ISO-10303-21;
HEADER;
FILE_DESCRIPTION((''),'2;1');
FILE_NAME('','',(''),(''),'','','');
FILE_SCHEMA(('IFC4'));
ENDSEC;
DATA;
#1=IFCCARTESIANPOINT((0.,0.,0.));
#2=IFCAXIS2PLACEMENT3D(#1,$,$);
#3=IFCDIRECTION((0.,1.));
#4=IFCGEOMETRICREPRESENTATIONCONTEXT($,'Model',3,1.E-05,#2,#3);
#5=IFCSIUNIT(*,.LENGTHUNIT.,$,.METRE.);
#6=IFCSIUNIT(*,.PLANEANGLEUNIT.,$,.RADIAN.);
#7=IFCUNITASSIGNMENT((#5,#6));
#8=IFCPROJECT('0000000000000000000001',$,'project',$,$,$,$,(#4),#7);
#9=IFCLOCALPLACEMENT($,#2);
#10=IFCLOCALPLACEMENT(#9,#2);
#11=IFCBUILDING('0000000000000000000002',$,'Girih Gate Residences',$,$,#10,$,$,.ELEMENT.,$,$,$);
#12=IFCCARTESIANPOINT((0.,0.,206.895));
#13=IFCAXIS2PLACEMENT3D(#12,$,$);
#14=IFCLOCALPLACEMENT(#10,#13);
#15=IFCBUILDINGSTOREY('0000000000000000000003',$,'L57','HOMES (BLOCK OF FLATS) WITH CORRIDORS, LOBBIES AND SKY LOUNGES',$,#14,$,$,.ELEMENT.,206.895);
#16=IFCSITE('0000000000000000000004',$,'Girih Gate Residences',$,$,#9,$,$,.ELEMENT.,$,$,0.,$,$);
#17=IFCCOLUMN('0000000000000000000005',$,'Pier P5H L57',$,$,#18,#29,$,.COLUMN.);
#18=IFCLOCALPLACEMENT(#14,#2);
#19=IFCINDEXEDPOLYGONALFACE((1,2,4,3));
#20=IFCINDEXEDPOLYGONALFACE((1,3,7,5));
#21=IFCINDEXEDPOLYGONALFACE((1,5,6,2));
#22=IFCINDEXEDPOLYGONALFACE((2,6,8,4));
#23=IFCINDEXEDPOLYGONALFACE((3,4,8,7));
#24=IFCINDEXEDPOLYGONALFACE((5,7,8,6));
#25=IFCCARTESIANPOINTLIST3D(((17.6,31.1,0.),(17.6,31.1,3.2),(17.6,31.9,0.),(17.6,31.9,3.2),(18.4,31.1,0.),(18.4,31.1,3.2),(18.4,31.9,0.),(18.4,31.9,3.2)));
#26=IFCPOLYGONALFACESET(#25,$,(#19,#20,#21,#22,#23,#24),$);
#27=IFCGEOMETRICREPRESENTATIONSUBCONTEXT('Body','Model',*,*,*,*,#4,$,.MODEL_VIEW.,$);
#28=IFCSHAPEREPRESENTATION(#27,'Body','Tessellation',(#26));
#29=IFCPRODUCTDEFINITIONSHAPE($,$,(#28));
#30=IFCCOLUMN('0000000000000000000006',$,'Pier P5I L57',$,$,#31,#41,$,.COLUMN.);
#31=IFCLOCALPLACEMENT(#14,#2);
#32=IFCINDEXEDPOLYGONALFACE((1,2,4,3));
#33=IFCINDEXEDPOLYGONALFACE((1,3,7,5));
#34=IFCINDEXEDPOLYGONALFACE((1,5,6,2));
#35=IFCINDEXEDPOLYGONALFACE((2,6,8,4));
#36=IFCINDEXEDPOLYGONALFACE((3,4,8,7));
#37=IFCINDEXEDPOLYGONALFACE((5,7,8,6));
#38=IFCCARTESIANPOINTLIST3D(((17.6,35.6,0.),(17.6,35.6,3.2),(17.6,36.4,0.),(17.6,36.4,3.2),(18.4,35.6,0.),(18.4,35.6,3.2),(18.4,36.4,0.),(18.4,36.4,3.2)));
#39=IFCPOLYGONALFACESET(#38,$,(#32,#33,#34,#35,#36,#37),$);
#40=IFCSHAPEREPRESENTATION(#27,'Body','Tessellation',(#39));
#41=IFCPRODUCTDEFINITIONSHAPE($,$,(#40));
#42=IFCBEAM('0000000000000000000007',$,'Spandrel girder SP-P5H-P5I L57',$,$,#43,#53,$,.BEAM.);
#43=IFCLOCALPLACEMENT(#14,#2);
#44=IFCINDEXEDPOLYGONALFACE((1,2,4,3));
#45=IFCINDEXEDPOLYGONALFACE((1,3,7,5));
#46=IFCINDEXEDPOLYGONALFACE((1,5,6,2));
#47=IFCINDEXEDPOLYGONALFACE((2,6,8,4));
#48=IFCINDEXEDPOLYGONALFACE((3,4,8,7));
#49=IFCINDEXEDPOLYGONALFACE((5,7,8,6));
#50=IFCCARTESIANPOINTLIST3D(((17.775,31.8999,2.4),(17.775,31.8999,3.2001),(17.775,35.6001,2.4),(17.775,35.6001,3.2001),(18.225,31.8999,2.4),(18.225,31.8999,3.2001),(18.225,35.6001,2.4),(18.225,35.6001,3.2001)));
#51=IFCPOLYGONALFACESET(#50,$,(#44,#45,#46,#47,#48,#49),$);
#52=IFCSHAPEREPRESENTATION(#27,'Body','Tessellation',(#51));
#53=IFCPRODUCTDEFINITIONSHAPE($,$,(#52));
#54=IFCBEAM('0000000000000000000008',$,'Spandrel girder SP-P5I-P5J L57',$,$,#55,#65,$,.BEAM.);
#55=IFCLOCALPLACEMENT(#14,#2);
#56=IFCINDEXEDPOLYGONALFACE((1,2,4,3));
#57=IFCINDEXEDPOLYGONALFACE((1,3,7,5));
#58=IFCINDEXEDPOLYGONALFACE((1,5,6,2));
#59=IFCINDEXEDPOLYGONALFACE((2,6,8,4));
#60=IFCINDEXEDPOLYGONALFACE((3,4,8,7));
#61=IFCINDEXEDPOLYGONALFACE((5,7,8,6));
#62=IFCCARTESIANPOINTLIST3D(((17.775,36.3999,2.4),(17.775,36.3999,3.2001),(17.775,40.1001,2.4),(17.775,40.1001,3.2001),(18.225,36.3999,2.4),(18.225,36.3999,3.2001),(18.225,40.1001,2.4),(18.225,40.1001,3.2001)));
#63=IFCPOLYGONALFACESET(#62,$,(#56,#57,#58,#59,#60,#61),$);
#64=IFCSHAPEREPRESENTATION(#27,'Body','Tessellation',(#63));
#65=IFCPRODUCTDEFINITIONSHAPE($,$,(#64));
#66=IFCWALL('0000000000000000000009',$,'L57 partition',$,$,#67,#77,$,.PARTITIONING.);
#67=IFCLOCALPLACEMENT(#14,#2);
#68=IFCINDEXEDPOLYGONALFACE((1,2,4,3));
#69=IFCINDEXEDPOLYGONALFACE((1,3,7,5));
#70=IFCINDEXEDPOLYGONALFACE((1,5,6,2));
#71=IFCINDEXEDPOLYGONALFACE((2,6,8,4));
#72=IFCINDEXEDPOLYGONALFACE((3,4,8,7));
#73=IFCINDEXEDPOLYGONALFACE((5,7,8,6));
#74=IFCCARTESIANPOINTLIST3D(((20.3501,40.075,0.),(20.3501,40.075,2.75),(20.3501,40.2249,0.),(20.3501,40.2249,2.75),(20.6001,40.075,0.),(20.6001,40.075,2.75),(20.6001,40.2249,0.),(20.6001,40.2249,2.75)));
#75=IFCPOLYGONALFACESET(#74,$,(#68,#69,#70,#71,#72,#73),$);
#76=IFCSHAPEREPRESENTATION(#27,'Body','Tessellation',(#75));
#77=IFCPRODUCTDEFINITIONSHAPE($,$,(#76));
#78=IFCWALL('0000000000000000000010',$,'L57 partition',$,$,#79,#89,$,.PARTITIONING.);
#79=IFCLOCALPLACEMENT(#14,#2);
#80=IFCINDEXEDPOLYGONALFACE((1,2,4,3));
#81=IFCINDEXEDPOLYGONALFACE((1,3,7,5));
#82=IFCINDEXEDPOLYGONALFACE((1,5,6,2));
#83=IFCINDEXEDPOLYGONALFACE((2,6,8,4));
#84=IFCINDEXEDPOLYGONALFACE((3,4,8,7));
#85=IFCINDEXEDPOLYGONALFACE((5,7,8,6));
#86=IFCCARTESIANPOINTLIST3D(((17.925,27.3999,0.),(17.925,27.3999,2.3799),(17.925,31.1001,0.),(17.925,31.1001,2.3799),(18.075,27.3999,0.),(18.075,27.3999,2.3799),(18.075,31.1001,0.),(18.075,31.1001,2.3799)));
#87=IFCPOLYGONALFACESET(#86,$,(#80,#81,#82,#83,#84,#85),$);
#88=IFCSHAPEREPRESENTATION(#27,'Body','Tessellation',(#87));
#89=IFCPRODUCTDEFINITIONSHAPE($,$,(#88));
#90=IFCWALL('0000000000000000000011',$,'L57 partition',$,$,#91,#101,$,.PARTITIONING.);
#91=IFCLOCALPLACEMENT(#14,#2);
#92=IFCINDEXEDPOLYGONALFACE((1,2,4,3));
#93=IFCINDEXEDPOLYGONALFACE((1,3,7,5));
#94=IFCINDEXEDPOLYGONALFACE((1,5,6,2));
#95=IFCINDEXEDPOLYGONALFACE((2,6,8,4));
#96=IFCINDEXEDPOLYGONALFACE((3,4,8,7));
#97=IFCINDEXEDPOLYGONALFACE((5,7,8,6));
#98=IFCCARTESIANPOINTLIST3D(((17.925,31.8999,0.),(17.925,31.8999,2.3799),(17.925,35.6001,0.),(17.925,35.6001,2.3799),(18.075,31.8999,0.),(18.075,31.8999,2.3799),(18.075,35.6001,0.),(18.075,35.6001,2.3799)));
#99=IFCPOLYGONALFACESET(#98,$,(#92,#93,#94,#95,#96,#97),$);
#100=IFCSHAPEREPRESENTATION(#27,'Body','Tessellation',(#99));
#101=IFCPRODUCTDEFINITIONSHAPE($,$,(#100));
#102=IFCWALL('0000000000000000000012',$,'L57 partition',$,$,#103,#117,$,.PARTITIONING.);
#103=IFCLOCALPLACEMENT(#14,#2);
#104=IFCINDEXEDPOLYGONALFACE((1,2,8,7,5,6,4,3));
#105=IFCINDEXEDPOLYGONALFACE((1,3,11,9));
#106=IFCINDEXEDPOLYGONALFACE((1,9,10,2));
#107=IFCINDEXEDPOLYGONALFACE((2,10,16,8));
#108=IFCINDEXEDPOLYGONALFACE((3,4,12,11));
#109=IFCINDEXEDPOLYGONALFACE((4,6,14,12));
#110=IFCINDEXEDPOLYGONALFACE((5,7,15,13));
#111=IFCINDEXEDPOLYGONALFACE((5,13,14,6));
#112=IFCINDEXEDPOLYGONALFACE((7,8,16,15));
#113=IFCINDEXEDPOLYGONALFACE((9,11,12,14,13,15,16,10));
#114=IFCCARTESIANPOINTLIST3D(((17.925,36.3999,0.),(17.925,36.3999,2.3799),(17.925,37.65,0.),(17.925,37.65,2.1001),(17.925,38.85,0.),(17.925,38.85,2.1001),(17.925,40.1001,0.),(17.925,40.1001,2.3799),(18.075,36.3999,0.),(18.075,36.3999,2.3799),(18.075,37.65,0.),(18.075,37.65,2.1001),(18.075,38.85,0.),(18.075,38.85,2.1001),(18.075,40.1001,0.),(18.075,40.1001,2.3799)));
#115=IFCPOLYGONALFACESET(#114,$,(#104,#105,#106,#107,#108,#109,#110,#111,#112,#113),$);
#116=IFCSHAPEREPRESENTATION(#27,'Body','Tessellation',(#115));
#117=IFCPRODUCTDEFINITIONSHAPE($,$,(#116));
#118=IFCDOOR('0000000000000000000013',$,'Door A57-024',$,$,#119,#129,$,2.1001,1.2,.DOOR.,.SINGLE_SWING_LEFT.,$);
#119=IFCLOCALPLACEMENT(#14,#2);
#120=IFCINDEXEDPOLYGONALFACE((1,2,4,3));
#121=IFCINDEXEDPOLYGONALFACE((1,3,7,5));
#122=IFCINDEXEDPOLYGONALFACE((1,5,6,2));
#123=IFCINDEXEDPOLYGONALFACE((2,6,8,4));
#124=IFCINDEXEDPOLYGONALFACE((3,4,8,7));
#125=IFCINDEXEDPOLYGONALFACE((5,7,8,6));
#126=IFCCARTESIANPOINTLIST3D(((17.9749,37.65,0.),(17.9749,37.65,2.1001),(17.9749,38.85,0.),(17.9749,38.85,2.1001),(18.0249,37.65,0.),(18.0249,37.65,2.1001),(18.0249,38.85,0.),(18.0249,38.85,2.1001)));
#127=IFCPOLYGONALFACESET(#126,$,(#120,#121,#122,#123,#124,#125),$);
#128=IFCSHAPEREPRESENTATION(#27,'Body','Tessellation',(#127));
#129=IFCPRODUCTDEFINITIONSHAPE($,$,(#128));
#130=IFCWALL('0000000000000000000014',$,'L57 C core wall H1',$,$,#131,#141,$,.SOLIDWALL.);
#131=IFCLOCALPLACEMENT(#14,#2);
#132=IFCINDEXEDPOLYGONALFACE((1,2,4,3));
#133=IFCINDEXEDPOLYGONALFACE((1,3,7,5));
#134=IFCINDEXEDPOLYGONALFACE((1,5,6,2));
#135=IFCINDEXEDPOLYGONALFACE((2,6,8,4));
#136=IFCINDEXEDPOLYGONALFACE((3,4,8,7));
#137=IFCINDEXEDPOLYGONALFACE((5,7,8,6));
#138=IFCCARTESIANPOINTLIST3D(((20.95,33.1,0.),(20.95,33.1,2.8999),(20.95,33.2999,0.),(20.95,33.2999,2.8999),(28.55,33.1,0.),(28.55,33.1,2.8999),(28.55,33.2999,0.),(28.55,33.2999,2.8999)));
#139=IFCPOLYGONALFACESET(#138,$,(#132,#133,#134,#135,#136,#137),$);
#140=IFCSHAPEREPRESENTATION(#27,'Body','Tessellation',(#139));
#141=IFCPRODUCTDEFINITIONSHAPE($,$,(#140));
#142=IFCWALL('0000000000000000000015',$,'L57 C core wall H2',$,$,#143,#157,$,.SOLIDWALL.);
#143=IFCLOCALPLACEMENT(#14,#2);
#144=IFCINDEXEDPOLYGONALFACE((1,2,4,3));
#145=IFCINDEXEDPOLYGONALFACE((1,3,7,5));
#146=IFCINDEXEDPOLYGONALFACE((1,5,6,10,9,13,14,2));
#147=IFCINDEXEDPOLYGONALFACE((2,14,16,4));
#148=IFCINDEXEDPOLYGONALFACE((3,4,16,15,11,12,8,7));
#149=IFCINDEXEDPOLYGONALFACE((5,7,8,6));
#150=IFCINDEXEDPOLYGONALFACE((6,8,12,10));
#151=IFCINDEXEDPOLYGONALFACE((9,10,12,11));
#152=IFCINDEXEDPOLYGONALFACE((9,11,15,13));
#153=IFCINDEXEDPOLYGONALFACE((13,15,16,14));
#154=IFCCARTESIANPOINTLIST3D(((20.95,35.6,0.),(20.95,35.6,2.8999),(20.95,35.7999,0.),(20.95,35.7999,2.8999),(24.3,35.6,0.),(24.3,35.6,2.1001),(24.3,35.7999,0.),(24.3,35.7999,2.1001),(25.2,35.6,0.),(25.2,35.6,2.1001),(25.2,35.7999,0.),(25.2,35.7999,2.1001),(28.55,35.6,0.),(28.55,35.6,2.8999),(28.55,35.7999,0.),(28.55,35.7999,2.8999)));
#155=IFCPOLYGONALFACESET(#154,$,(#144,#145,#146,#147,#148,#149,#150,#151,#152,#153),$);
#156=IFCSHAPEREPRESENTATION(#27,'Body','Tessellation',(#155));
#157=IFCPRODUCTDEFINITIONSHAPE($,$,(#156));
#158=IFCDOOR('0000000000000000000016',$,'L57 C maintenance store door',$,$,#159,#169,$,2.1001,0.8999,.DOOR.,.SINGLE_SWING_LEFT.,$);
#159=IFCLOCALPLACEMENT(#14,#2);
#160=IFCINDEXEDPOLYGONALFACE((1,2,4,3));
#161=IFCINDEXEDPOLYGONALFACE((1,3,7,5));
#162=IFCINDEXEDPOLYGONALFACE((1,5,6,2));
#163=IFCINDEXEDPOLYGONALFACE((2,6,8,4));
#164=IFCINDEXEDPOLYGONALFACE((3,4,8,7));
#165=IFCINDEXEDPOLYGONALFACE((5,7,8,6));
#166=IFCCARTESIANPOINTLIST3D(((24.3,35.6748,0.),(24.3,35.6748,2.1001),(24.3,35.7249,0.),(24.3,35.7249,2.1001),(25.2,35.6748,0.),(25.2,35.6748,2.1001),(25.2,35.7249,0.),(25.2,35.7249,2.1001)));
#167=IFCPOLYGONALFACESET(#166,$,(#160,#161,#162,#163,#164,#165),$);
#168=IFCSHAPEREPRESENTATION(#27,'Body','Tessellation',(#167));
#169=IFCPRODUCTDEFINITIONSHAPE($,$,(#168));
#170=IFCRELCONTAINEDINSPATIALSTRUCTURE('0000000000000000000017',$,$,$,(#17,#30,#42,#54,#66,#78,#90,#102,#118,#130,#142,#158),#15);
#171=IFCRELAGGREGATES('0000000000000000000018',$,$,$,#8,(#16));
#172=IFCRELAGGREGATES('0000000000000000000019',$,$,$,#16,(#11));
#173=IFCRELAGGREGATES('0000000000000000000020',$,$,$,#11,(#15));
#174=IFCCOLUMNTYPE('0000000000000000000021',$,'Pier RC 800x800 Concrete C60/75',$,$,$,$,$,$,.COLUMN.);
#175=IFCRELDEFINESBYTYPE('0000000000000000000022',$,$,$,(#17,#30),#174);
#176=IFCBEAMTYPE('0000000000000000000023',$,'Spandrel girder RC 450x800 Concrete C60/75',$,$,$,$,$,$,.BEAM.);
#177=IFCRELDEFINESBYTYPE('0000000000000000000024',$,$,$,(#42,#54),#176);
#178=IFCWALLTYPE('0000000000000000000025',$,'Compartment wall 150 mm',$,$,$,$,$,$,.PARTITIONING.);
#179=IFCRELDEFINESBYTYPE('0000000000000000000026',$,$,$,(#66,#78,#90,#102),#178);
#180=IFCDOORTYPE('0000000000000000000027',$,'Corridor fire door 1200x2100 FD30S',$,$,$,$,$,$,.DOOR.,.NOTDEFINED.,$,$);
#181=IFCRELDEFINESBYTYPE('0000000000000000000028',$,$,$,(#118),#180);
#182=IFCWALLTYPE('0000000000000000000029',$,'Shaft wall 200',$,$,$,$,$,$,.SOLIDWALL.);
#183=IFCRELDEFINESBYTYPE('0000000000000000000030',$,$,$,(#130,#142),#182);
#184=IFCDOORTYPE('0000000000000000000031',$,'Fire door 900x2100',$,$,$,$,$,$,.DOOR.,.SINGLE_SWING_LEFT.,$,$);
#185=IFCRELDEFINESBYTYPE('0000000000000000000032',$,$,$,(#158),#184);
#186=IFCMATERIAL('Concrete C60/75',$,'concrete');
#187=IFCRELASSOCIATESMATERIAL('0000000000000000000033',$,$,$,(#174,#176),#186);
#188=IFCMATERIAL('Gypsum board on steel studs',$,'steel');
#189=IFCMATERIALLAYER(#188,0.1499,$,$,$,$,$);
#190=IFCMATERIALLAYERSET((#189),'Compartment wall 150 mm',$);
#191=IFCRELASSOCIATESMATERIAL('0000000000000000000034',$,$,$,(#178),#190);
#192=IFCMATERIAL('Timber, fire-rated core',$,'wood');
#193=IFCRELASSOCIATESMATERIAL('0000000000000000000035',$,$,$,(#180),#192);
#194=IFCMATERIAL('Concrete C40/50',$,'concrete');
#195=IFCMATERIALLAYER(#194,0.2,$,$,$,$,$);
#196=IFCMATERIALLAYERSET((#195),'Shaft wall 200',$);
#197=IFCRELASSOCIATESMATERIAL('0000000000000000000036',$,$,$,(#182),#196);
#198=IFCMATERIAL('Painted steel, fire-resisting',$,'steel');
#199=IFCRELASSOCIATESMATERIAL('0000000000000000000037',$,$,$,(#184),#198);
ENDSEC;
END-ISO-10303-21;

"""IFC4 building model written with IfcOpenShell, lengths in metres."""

from ifc_helpers import new_model, si_unit, direction, frame, frame_2d, origin, origin_2d, place, context, subcontext, project, spatial, rectangle, extrude, material, layer, layer_set, material_profile, profile_set, type_object, element, fill, save


model = new_model("IFC4")

# Units and contexts
model_context = context("Model", 3, precision=1e-05, world=origin(), true_north=direction((0.0, 1.0)))
body_context = subcontext(model_context, "Body", "Model", "MODEL_VIEW")
ifc_project = project(units=[si_unit("LENGTHUNIT", "METRE"), si_unit("PLANEANGLEUNIT", "RADIAN")], contexts=[model_context])

# Site, building, storey
site_placement = place(None, origin())
site = spatial("IfcSite", under=ifc_project, at=site_placement, Name="Girih Gate Residences", CompositionType="ELEMENT", RefElevation=0.0)
building_placement = place(site_placement, origin())
building = spatial("IfcBuilding", under=site, at=building_placement, Name="Girih Gate Residences", CompositionType="ELEMENT")
storey_placement = place(building_placement, frame((0.0, 0.0, 206.895)))
storey = spatial("IfcBuildingStorey", under=building, at=storey_placement, Name="L57", Description="HOMES (BLOCK OF FLATS) WITH CORRIDORS, LOBBIES AND SKY LOUNGES", CompositionType="ELEMENT", Elevation=206.895)

# Columns
ifc_material_1 = material(Name="Concrete C60/75", Category="concrete")
ifc_material_profile_1 = material_profile(ifc_material_1, rectangle(XDim=0.8, YDim=0.8, at=origin_2d()))
ifc_profile_set_1 = profile_set([ifc_material_profile_1], Name="Concrete C60/75")
column_type = type_object("IfcColumnType", Name="Pier RC 800x800 Concrete C60/75", PredefinedType="COLUMN", material=ifc_profile_set_1)
for number, where, z_axis, x_axis, name in (
    (1, (18.0, 31.5, 0.0), (0.0, 0.0, 1.0), (1.0, 0.0, 0.0), "Pier P5H L57"),
    (2, (18.0, 36.0, 0.0), (0.0, 0.0, 1.0), (1.0, 0.0, 0.0), "Pier P5I L57"),
):
    element("IfcColumn", number, at=place(storey_placement, frame(where, z_axis=z_axis, x_axis=x_axis)), inside=storey, type_object=column_type, Name=name, PredefinedType="COLUMN", context=body_context, shape_type="SweptSolid", body=[
        extrude(rectangle(XDim=0.8, YDim=0.8, at=origin_2d()), origin(), (0.0, 0.0, 1.0), 3.2),
    ])

# Beams
ifc_material_profile_2 = material_profile(ifc_material_1, rectangle(XDim=0.45, YDim=0.8, at=origin_2d()))
ifc_profile_set_2 = profile_set([ifc_material_profile_2], Name="Concrete C60/75")
beam_type = type_object("IfcBeamType", Name="Spandrel girder RC 450x800 Concrete C60/75", PredefinedType="BEAM", material=ifc_profile_set_2)
for number, where, z_axis, x_axis, name in (
    (3, (18.0, 31.8999, 2.8), (0.0, 1.0, 0.0), (-1.0, 0.0, 0.0), "Spandrel girder SP-P5H-P5I L57"),
    (4, (18.0, 36.3999, 2.8), (0.0, 1.0, 0.0), (-1.0, 0.0, 0.0), "Spandrel girder SP-P5I-P5J L57"),
):
    element("IfcBeam", number, at=place(storey_placement, frame(where, z_axis=z_axis, x_axis=x_axis)), inside=storey, type_object=beam_type, Name=name, PredefinedType="BEAM", context=body_context, shape_type="SweptSolid", body=[
        extrude(rectangle(XDim=0.45, YDim=0.8, at=origin_2d()), origin(), (0.0, 0.0, 1.0), 3.7002),
    ])

# Shared definitions
ifc_material_2 = material(Name="Gypsum board on steel studs", Category="steel")
ifc_layer_1 = layer(ifc_material_2, 0.1499)
ifc_layer_set_1 = layer_set([ifc_layer_1], Name="Compartment wall 150 mm")
wall_type_1 = type_object("IfcWallType", Name="Compartment wall 150 mm", PredefinedType="PARTITIONING", material=ifc_layer_set_1)
ifc_material_3 = material(Name="Timber, fire-rated core", Category="wood")

# Walls
wall_1_placement = place(storey_placement, frame((20.3501, 40.1499, 0.0), z_axis=(0.0, 0.0, 1.0), x_axis=(1.0, 0.0, 0.0)))
element("IfcWall", 5, at=wall_1_placement, inside=storey, type_object=wall_type_1, Name="L57 partition", PredefinedType="PARTITIONING", context=body_context, shape_type="SweptSolid", body=[
    extrude(rectangle(XDim=0.25, YDim=0.1499, at=frame_2d((0.125, 0.0))), origin(), (0.0, 0.0, 1.0), 2.75),
])
for number, where, z_axis, x_axis, name in (
    (6, (18.0, 27.3999, 0.0), (0.0, 0.0, 1.0), (0.0, 1.0, 0.0), "L57 partition"),
    (7, (18.0, 31.8999, 0.0), (0.0, 0.0, 1.0), (0.0, 1.0, 0.0), "L57 partition"),
):
    element("IfcWall", number, at=place(storey_placement, frame(where, z_axis=z_axis, x_axis=x_axis)), inside=storey, type_object=wall_type_1, Name=name, PredefinedType="PARTITIONING", context=body_context, shape_type="SweptSolid", body=[
        extrude(rectangle(XDim=3.7002, YDim=0.1499, at=frame_2d((1.8501, 0.0))), origin(), (0.0, 0.0, 1.0), 2.3799),
    ])

# Wall, opening, door
wall_2_placement = place(storey_placement, frame((18.0, 40.1001, 0.0), z_axis=(0.0, 0.0, 1.0), x_axis=(0.0, -1.0, 0.0)))
wall_2 = element("IfcWall", 8, at=wall_2_placement, inside=storey, type_object=wall_type_1, Name="L57 partition", PredefinedType="PARTITIONING", context=body_context, shape_type="SweptSolid", body=[
    extrude(rectangle(XDim=3.7002, YDim=0.1499, at=frame_2d((1.8501, 0.0))), origin(), (0.0, 0.0, 1.0), 2.3799),
])
opening_1_placement = place(wall_2_placement, frame((1.25, 0.0, 0.0)))
opening_1 = element("IfcOpeningElement", 9, at=opening_1_placement, cuts=wall_2, PredefinedType="OPENING", context=body_context, shape_type="SweptSolid", body=[
    extrude(rectangle(XDim=1.2, YDim=2.1001, at=frame_2d((0.6001, 1.05))), frame((0.0, 0.085, 0.0), z_axis=(0.0, -1.0, 0.0), x_axis=(1.0, 0.0, 0.0)), (0.0, 0.0, 1.0), 0.1699),
])
door_type_1 = type_object("IfcDoorType", Name="Corridor fire door 1200x2100 FD30S", OperationType="NOTDEFINED", PredefinedType="DOOR", material=ifc_material_3)
door_1_placement = place(opening_1_placement, origin())
door_1 = element("IfcDoor", 10, at=door_1_placement, inside=storey, type_object=door_type_1, Name="Door A57-024", OperationType="SINGLE_SWING_LEFT", OverallHeight=2.1001, OverallWidth=1.2, PredefinedType="DOOR", context=body_context, shape_type="SweptSolid", body=[
    extrude(rectangle(XDim=1.2, YDim=2.1001, at=frame_2d((0.6001, 1.05))), frame((0.0, 0.0249, 0.0), z_axis=(0.0, -1.0, 0.0), x_axis=(1.0, 0.0, 0.0)), (0.0, 0.0, 1.0), 0.05),
])
fill(opening_1, door_1)

# Wall
ifc_material_4 = material(Name="Concrete C40/50", Category="concrete")
ifc_layer_2 = layer(ifc_material_4, 0.2)
ifc_layer_set_2 = layer_set([ifc_layer_2], Name="Shaft wall 200")
wall_type_2 = type_object("IfcWallType", Name="Shaft wall 200", PredefinedType="SOLIDWALL", material=ifc_layer_set_2)
wall_3_placement = place(storey_placement, frame((20.95, 33.2, 0.0), z_axis=(0.0, 0.0, 1.0), x_axis=(1.0, 0.0, 0.0)))
element("IfcWall", 11, at=wall_3_placement, inside=storey, type_object=wall_type_2, Name="L57 C core wall H1", PredefinedType="SOLIDWALL", context=body_context, shape_type="SweptSolid", body=[
    extrude(rectangle(XDim=7.6001, YDim=0.2, at=frame_2d((3.8, 0.0))), origin(), (0.0, 0.0, 1.0), 2.8999),
])

# Wall, opening, door
wall_4_placement = place(storey_placement, frame((20.95, 35.7, 0.0), z_axis=(0.0, 0.0, 1.0), x_axis=(1.0, 0.0, 0.0)))
wall_4 = element("IfcWall", 12, at=wall_4_placement, inside=storey, type_object=wall_type_2, Name="L57 C core wall H2", PredefinedType="SOLIDWALL", context=body_context, shape_type="SweptSolid", body=[
    extrude(rectangle(XDim=7.6001, YDim=0.2, at=frame_2d((3.8, 0.0))), origin(), (0.0, 0.0, 1.0), 2.8999),
])
opening_2_placement = place(wall_4_placement, frame((3.3501, 0.0, 0.0)))
opening_2 = element("IfcOpeningElement", 13, at=opening_2_placement, cuts=wall_4, PredefinedType="OPENING", context=body_context, shape_type="SweptSolid", body=[
    extrude(rectangle(XDim=0.8999, YDim=2.1001, at=frame_2d((0.45, 1.05))), frame((0.0, 0.1099, 0.0), z_axis=(0.0, -1.0, 0.0), x_axis=(1.0, 0.0, 0.0)), (0.0, 0.0, 1.0), 0.22),
])
ifc_material_5 = material(Name="Painted steel, fire-resisting", Category="steel")
door_type_2 = type_object("IfcDoorType", Name="Fire door 900x2100", OperationType="SINGLE_SWING_LEFT", PredefinedType="DOOR", material=ifc_material_5)
door_2_placement = place(opening_2_placement, origin())
door_2 = element("IfcDoor", 14, at=door_2_placement, inside=storey, type_object=door_type_2, Name="L57 C maintenance store door", OperationType="SINGLE_SWING_LEFT", OverallHeight=2.1001, OverallWidth=0.8999, PredefinedType="DOOR", context=body_context, shape_type="SweptSolid", body=[
    extrude(rectangle(XDim=0.8999, YDim=2.1001, at=frame_2d((0.45, 1.05))), frame((0.0, 0.0249, 0.0), z_axis=(0.0, -1.0, 0.0), x_axis=(1.0, 0.0, 0.0)), (0.0, 0.0, 1.0), 0.05),
])
fill(opening_2, door_2)

save(model, "model.ifc")
